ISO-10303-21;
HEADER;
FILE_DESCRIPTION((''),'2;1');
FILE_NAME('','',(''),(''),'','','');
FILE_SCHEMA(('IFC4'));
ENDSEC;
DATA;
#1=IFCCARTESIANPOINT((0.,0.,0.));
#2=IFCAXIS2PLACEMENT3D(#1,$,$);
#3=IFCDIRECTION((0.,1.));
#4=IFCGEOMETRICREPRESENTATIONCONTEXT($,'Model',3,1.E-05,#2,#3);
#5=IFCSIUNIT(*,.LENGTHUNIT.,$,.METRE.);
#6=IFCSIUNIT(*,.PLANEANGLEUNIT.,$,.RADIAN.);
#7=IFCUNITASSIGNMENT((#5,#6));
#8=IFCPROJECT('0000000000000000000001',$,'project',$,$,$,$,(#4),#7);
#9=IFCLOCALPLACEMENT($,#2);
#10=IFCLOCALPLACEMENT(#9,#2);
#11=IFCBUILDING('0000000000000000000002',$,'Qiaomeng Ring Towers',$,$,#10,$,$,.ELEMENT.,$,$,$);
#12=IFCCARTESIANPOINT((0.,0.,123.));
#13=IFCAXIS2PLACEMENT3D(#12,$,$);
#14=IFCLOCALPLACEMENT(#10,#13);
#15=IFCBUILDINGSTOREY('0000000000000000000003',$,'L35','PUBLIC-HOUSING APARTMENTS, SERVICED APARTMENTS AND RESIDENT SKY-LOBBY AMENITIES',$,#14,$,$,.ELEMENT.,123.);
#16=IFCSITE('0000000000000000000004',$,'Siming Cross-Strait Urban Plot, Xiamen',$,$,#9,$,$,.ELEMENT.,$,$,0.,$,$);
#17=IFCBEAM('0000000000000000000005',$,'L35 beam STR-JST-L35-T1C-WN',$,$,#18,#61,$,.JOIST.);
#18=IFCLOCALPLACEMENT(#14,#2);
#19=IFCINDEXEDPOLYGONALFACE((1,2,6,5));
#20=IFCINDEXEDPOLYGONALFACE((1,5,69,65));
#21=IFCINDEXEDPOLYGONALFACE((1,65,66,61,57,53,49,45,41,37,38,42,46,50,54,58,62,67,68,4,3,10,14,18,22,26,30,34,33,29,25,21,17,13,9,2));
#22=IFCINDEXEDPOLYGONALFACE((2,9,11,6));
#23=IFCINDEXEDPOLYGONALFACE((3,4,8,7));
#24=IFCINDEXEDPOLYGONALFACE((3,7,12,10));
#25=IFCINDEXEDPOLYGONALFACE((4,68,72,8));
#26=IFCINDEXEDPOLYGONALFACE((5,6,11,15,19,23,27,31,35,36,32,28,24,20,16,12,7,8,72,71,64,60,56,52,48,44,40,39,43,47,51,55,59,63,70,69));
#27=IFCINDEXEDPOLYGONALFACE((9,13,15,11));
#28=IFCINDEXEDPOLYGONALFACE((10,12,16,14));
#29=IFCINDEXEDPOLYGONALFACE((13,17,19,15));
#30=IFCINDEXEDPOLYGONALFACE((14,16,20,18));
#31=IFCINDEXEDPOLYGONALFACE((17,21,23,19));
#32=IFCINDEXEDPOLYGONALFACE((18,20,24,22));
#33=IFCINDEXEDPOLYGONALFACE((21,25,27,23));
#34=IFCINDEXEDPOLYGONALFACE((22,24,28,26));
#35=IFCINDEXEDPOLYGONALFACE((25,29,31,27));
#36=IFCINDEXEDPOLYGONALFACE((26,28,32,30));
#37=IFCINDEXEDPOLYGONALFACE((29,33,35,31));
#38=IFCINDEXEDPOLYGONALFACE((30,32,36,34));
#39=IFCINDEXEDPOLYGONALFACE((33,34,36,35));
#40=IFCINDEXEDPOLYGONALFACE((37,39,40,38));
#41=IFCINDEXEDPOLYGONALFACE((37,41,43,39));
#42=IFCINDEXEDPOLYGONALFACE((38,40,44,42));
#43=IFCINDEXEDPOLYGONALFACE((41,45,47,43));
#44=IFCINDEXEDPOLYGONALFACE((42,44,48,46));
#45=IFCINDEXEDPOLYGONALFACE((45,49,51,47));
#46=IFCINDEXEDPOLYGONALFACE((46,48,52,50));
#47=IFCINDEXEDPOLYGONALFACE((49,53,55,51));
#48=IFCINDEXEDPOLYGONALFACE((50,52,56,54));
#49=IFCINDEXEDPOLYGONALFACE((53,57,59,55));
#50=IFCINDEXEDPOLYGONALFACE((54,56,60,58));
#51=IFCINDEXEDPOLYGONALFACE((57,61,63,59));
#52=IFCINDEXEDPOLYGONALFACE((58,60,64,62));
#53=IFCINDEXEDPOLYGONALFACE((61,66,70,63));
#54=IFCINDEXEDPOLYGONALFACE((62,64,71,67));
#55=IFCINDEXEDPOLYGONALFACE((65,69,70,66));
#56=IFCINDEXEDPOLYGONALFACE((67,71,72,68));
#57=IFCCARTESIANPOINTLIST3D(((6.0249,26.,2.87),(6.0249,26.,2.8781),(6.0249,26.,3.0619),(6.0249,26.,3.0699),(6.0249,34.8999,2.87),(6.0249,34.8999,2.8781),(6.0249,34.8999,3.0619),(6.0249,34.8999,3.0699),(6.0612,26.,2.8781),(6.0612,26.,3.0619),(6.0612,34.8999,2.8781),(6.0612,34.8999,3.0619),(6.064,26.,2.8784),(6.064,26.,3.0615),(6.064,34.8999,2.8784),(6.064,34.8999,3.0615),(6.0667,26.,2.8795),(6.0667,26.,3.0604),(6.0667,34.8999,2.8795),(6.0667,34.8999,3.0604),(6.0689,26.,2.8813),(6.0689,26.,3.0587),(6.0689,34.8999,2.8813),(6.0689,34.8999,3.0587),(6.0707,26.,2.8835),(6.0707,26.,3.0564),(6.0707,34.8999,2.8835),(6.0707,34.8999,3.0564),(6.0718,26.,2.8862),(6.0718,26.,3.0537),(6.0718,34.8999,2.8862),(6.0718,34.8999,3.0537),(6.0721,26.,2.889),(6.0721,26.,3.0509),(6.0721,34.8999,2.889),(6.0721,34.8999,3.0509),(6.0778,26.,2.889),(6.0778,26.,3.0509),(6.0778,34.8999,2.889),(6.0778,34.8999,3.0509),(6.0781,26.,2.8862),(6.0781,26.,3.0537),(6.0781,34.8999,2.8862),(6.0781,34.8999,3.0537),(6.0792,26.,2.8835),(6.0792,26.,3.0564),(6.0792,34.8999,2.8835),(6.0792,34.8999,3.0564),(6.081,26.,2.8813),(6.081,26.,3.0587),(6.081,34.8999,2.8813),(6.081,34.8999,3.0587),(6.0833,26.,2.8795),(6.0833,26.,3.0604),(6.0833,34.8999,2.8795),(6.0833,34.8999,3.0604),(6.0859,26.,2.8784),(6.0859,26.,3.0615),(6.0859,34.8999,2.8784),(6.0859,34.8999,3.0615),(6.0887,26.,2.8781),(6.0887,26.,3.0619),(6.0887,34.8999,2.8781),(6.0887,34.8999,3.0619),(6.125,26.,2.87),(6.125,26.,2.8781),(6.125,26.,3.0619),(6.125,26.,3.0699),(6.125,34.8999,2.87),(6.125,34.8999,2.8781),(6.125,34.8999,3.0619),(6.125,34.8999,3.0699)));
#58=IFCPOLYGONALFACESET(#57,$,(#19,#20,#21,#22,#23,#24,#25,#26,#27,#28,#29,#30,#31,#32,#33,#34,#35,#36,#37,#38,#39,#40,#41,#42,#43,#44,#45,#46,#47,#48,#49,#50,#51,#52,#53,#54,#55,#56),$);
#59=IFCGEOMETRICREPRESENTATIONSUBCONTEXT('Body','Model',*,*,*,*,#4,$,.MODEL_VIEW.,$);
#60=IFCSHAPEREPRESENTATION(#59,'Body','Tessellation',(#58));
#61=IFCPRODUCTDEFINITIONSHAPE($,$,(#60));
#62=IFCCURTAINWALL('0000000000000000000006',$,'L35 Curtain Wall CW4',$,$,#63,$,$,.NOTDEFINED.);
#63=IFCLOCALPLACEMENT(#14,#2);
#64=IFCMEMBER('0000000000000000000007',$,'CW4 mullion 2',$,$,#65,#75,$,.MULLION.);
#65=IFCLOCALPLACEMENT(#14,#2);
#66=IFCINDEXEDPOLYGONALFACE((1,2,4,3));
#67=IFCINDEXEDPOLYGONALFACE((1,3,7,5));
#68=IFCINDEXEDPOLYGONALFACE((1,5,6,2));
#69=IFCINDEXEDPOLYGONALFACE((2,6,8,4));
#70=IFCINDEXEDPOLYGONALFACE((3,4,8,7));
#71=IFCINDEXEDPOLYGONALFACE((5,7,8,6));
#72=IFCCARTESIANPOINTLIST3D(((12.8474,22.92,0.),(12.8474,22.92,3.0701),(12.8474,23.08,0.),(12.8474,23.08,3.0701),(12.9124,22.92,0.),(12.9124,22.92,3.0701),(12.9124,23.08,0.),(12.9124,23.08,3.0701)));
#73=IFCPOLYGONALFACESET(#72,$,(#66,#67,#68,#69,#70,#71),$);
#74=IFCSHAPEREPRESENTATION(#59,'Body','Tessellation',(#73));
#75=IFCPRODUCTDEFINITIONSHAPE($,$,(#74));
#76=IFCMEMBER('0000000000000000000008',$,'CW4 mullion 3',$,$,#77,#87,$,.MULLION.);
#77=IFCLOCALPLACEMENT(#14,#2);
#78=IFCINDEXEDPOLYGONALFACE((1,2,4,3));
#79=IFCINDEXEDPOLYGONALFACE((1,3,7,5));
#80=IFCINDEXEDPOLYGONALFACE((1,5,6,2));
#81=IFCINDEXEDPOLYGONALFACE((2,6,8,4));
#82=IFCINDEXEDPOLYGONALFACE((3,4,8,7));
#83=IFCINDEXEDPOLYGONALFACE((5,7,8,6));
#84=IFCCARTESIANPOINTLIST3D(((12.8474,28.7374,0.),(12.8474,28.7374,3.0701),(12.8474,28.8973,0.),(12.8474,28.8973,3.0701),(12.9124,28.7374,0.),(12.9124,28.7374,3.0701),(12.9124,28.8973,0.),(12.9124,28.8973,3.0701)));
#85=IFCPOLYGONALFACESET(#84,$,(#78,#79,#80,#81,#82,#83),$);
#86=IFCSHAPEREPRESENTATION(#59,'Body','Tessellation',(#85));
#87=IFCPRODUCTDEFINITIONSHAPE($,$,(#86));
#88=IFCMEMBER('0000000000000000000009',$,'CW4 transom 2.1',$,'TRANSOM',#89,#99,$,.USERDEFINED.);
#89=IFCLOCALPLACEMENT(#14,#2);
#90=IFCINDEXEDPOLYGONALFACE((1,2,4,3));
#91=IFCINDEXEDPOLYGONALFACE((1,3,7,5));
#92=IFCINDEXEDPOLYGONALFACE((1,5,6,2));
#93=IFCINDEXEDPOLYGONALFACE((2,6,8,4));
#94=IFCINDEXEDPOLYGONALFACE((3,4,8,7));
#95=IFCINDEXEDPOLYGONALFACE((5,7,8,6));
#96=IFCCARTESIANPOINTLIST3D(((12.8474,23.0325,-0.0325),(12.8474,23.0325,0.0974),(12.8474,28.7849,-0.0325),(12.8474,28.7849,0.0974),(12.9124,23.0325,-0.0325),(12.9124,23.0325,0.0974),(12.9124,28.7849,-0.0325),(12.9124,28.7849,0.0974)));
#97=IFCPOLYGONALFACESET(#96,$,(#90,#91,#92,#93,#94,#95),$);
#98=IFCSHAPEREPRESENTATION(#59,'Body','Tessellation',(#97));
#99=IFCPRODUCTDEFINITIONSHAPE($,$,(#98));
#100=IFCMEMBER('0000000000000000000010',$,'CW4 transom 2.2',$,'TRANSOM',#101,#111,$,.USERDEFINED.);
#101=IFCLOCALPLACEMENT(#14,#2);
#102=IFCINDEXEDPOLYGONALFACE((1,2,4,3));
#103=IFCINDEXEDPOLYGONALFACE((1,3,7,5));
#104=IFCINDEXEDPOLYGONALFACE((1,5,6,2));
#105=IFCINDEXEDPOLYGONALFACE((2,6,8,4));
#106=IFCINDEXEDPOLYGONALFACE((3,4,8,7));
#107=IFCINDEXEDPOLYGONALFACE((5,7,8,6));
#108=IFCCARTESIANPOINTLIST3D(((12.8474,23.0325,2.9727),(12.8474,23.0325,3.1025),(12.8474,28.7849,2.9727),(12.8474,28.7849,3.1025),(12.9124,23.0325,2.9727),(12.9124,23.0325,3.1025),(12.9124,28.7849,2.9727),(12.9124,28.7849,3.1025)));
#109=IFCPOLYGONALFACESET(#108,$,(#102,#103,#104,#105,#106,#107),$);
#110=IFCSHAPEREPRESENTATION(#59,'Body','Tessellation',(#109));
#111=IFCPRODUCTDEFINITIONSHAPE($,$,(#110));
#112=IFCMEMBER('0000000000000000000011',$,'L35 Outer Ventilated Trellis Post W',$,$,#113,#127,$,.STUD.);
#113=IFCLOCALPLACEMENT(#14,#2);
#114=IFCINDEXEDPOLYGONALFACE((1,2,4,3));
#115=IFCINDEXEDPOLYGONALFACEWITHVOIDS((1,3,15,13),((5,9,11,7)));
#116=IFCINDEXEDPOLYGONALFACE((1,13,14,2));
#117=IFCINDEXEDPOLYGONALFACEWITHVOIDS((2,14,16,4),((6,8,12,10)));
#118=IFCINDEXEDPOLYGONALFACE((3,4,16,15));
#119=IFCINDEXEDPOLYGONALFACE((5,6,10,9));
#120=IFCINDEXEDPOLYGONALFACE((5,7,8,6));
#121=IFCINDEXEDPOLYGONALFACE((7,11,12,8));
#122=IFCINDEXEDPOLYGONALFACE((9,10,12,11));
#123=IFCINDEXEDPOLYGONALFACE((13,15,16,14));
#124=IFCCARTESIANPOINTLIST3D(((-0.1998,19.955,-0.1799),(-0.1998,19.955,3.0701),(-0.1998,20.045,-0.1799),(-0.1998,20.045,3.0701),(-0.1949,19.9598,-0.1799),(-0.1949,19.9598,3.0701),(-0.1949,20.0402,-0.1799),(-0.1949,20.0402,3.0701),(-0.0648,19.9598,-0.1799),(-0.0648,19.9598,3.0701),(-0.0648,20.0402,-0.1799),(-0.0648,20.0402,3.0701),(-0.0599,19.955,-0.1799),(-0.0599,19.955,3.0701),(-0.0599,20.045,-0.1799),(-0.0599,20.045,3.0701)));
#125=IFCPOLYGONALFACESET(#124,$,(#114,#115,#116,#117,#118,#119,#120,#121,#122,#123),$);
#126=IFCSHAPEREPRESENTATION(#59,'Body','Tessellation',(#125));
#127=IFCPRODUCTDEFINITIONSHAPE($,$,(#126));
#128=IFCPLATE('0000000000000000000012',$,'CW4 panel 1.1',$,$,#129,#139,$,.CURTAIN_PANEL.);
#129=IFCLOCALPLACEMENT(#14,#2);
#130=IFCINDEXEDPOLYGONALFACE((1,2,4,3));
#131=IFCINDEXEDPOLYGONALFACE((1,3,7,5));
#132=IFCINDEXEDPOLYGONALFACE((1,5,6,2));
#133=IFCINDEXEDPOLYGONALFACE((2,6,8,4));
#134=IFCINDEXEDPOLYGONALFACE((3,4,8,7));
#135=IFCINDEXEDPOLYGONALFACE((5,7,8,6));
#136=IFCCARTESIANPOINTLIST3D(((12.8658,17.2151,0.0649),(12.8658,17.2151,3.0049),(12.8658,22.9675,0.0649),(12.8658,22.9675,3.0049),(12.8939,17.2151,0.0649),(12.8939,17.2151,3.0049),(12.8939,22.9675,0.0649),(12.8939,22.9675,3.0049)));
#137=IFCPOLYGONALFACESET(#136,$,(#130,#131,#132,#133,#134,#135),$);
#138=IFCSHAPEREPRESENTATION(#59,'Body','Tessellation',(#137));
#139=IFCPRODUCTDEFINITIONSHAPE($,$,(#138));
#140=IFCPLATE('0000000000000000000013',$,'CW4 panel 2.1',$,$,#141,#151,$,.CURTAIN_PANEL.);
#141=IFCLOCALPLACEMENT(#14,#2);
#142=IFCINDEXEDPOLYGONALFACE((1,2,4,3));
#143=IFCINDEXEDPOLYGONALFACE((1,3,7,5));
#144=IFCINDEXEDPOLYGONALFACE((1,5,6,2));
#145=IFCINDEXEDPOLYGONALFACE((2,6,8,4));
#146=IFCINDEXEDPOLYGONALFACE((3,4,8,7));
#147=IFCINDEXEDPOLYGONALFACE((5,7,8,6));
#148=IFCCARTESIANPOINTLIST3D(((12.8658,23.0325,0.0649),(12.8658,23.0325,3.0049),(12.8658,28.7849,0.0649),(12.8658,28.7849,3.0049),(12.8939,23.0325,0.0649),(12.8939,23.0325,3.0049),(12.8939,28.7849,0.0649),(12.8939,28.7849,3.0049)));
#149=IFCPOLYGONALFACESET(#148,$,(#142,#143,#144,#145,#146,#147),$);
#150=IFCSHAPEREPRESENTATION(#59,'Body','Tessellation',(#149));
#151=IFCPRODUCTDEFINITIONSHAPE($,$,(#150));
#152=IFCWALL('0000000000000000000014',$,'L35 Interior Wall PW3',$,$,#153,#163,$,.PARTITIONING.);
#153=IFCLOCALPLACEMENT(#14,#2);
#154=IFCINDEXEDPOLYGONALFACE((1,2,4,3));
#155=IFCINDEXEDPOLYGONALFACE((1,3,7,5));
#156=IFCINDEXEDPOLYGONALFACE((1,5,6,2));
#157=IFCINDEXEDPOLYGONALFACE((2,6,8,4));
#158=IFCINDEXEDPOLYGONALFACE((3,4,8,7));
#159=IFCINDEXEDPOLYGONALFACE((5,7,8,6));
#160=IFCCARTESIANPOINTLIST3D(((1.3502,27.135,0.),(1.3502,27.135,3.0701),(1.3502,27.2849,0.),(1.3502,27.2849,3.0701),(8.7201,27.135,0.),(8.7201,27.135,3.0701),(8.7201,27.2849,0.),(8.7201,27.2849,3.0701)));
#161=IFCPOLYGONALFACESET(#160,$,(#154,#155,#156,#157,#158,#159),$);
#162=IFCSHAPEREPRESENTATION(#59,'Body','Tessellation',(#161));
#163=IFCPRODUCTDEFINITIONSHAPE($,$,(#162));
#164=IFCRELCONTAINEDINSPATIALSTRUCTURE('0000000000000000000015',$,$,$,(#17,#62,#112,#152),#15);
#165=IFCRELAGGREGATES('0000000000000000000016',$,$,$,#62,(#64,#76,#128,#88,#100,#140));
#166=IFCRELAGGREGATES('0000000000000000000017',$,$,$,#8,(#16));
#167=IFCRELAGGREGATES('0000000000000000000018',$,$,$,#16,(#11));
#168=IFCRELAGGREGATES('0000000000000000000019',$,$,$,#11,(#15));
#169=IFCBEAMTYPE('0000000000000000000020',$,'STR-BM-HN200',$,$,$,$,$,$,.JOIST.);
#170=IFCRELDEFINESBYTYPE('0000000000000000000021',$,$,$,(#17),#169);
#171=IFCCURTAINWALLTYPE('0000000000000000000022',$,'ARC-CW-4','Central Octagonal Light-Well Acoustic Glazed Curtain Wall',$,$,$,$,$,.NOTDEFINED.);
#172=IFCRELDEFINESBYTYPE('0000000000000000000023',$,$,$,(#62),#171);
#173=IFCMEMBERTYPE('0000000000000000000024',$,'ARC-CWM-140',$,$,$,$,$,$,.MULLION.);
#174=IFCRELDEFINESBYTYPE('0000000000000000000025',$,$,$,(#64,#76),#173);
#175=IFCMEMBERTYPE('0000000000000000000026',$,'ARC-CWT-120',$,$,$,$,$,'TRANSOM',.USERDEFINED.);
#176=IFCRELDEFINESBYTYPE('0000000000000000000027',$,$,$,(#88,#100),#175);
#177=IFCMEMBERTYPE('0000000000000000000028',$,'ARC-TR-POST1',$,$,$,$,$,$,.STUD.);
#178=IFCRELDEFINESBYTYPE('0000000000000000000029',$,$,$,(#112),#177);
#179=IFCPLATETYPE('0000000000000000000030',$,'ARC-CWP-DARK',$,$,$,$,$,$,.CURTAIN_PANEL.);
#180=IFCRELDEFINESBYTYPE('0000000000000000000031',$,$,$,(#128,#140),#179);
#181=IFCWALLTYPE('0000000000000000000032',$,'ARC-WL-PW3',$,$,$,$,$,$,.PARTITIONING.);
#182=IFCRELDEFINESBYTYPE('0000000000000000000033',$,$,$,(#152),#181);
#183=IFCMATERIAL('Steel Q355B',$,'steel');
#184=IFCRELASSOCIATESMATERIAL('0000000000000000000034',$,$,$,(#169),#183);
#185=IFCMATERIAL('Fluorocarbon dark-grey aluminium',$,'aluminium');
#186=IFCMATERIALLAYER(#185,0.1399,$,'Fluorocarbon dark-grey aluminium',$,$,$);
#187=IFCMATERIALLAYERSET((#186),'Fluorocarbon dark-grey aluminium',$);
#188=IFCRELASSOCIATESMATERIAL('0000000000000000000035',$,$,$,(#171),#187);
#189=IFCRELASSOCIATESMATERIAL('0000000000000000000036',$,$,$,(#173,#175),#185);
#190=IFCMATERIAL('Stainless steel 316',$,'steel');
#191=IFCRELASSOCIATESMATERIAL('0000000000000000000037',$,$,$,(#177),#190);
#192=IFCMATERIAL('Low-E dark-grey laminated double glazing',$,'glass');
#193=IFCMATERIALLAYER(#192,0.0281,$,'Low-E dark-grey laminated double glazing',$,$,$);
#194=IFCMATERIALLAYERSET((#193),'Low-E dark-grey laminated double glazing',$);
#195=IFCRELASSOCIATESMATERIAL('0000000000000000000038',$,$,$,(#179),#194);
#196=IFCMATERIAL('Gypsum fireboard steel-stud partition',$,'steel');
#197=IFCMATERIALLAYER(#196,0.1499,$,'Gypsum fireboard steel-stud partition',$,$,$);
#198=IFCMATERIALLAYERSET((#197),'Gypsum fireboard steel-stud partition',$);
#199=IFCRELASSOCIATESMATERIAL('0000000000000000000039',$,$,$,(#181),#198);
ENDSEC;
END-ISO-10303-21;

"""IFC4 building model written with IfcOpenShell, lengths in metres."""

from ifc_helpers import new_model, si_unit, direction, frame, frame_2d, origin, origin_2d, place, context, subcontext, project, spatial, rectangle, hollow_rectangle, i_section, extrude, source, transform, mapped, material, layer, layer_set, material_profile, profile_set, type_object, element, aggregate, save


model = new_model("IFC4")

# Units and contexts
model_context = context("Model", 3, precision=1e-05, world=origin(), true_north=direction((0.0, 1.0)))
body_context = subcontext(model_context, "Body", "Model", "MODEL_VIEW")
ifc_project = project(units=[si_unit("LENGTHUNIT", "METRE"), si_unit("PLANEANGLEUNIT", "RADIAN")], contexts=[model_context])

# Site, building, storey
site_placement = place(None, origin())
site = spatial("IfcSite", under=ifc_project, at=site_placement, Name="Siming Cross-Strait Urban Plot, Xiamen", CompositionType="ELEMENT", RefElevation=0.0)
building_placement = place(site_placement, origin())
building = spatial("IfcBuilding", under=site, at=building_placement, Name="Qiaomeng Ring Towers", CompositionType="ELEMENT")
storey_placement = place(building_placement, frame((0.0, 0.0, 123.0)))
storey = spatial("IfcBuildingStorey", under=building, at=storey_placement, Name="L35", Description="PUBLIC-HOUSING APARTMENTS, SERVICED APARTMENTS AND RESIDENT SKY-LOBBY AMENITIES", CompositionType="ELEMENT", Elevation=123.0)

# Beam
ifc_material_1 = material(Name="Steel Q355B", Category="steel")
ifc_material_profile_1 = material_profile(ifc_material_1, i_section(OverallWidth=0.1001, OverallDepth=0.2, WebThickness=0.0056, FlangeThickness=0.0081, FilletRadius=0.011, at=origin_2d()), Name="HN 200x100x5.5x8")
ifc_profile_set_1 = profile_set([ifc_material_profile_1], Name="Steel Q355B")
beam_type_1 = type_object("IfcBeamType", Name="STR-BM-HN200", PredefinedType="JOIST", material=ifc_profile_set_1)
shared_shape_1 = source(origin(), body_context, "Body", "SweptSolid", [
    extrude(i_section(OverallWidth=0.1001, OverallDepth=0.2, WebThickness=0.0056, FlangeThickness=0.0081, FilletRadius=0.011, at=origin_2d()), origin(), (0.0, 0.0, 1.0), 8.8999),
])
beam_1_placement = place(storey_placement, frame((6.075, 26.0, 2.97), z_axis=(0.0, 1.0, 0.0), x_axis=(-1.0, 0.0, 0.0)))
element("IfcBeam", 1, at=beam_1_placement, inside=storey, type_object=beam_type_1, Name="L35 beam STR-JST-L35-T1C-WN", PredefinedType="JOIST", context=body_context, shape_type="MappedRepresentation", body=[
    mapped(shared_shape_1, transform((0.0, 0.0, 0.0), x_axis=(1.0, 0.0, 0.0), y_axis=(0.0, 1.0, 0.0), z_axis=(0.0, 0.0, 1.0), scale=1.0)),
])

# Curtain wall, members
ifc_material_2 = material(Name="Fluorocarbon dark-grey aluminium", Category="aluminium")
ifc_layer_1 = layer(ifc_material_2, 0.1399, Name="Fluorocarbon dark-grey aluminium")
ifc_layer_set_1 = layer_set([ifc_layer_1], Name="Fluorocarbon dark-grey aluminium")
curtain_wall_type = type_object("IfcCurtainWallType", Name="ARC-CW-4", Description="Central Octagonal Light-Well Acoustic Glazed Curtain Wall", PredefinedType="NOTDEFINED", material=ifc_layer_set_1)
curtain_wall_placement = place(storey_placement, origin())
curtain_wall = element("IfcCurtainWall", 2, at=curtain_wall_placement, inside=storey, type_object=curtain_wall_type, Name="L35 Curtain Wall CW4", PredefinedType="NOTDEFINED")
ifc_material_profile_2 = material_profile(ifc_material_2, rectangle(XDim=0.0649, YDim=0.1599, at=origin_2d()), Name="ALU MULL 65x160")
ifc_profile_set_2 = profile_set([ifc_material_profile_2], Name="Fluorocarbon dark-grey aluminium")
member_type_1 = type_object("IfcMemberType", Name="ARC-CWM-140", PredefinedType="MULLION", material=ifc_profile_set_2)
shared_shape_2 = source(origin(), body_context, "Body", "SweptSolid", [
    extrude(rectangle(XDim=0.0649, YDim=0.1599, at=origin_2d()), origin(), (0.0, 0.0, 1.0), 3.0701),
])
member_1_placement = place(storey_placement, frame((12.8799, 23.0, 0.0), z_axis=(0.0, 0.0, 1.0), x_axis=(-1.0, 0.0, 0.0)))
member_1 = element("IfcMember", 3, at=member_1_placement, type_object=member_type_1, Name="CW4 mullion 2", PredefinedType="MULLION", context=body_context, shape_type="MappedRepresentation", body=[
    mapped(shared_shape_2, transform((0.0, 0.0, 0.0), x_axis=(1.0, 0.0, 0.0), y_axis=(0.0, 1.0, 0.0), z_axis=(0.0, 0.0, 1.0), scale=1.0)),
])
member_2_placement = place(storey_placement, frame((12.8799, 28.8174, 0.0), z_axis=(0.0, 0.0, 1.0), x_axis=(-1.0, 0.0, 0.0)))
member_2 = element("IfcMember", 4, at=member_2_placement, type_object=member_type_1, Name="CW4 mullion 3", PredefinedType="MULLION", context=body_context, shape_type="MappedRepresentation", body=[
    mapped(shared_shape_2, transform((0.0, 0.0, 0.0), x_axis=(1.0, 0.0, 0.0), y_axis=(0.0, 1.0, 0.0), z_axis=(0.0, 0.0, 1.0), scale=1.0)),
])
ifc_material_profile_3 = material_profile(ifc_material_2, rectangle(XDim=0.0649, YDim=0.1299, at=origin_2d()), Name="ALU TRAN 65x130")
ifc_profile_set_3 = profile_set([ifc_material_profile_3], Name="Fluorocarbon dark-grey aluminium")
member_type_2 = type_object("IfcMemberType", Name="ARC-CWT-120", ElementType="TRANSOM", PredefinedType="USERDEFINED", material=ifc_profile_set_3)
shared_shape_3 = source(origin(), body_context, "Body", "SweptSolid", [
    extrude(rectangle(XDim=0.0649, YDim=0.1299, at=origin_2d()), origin(), (0.0, 0.0, 1.0), 5.7524),
])
member_3_placement = place(storey_placement, frame((12.8799, 23.0325, 0.0325), z_axis=(0.0, 1.0, 0.0), x_axis=(-1.0, 0.0, 0.0)))
member_3 = element("IfcMember", 5, at=member_3_placement, type_object=member_type_2, Name="CW4 transom 2.1", ObjectType="TRANSOM", PredefinedType="USERDEFINED", context=body_context, shape_type="MappedRepresentation", body=[
    mapped(shared_shape_3, transform((0.0, 0.0, 0.0), x_axis=(1.0, 0.0, 0.0), y_axis=(0.0, 1.0, 0.0), z_axis=(0.0, 0.0, 1.0), scale=1.0)),
])
member_4_placement = place(storey_placement, frame((12.8799, 23.0325, 3.0376), z_axis=(0.0, 1.0, 0.0), x_axis=(-1.0, 0.0, 0.0)))
member_4 = element("IfcMember", 6, at=member_4_placement, type_object=member_type_2, Name="CW4 transom 2.2", ObjectType="TRANSOM", PredefinedType="USERDEFINED", context=body_context, shape_type="MappedRepresentation", body=[
    mapped(shared_shape_3, transform((0.0, 0.0, 0.0), x_axis=(1.0, 0.0, 0.0), y_axis=(0.0, 1.0, 0.0), z_axis=(0.0, 0.0, 1.0), scale=1.0)),
])

# Member
ifc_material_3 = material(Name="Stainless steel 316", Category="steel")
ifc_material_profile_4 = material_profile(ifc_material_3, hollow_rectangle(XDim=0.0901, YDim=0.1399, WallThickness=0.0049, at=origin_2d()), Name="SS TRELLIS 90x140")
ifc_profile_set_4 = profile_set([ifc_material_profile_4], Name="Stainless steel 316")
member_type_3 = type_object("IfcMemberType", Name="ARC-TR-POST1", PredefinedType="STUD", material=ifc_profile_set_4)
shared_shape_4 = source(origin(), body_context, "Body", "SweptSolid", [
    extrude(hollow_rectangle(XDim=0.0901, YDim=0.1399, WallThickness=0.0049, at=origin_2d()), origin(), (0.0, 0.0, 1.0), 3.25),
])
member_5_placement = place(storey_placement, frame((-0.1299, 20.0, -0.1799), z_axis=(0.0, 0.0, 1.0), x_axis=(0.0, 1.0, 0.0)))
element("IfcMember", 7, at=member_5_placement, inside=storey, type_object=member_type_3, Name="L35 Outer Ventilated Trellis Post W", PredefinedType="STUD", context=body_context, shape_type="MappedRepresentation", body=[
    mapped(shared_shape_4, transform((0.0, 0.0, 0.0), x_axis=(1.0, 0.0, 0.0), y_axis=(0.0, 1.0, 0.0), z_axis=(0.0, 0.0, 1.0), scale=1.0)),
])

# Plates
ifc_material_4 = material(Name="Low-E dark-grey laminated double glazing", Category="glass")
ifc_layer_2 = layer(ifc_material_4, 0.0281, Name="Low-E dark-grey laminated double glazing")
ifc_layer_set_2 = layer_set([ifc_layer_2], Name="Low-E dark-grey laminated double glazing")
plate_type = type_object("IfcPlateType", Name="ARC-CWP-DARK", PredefinedType="CURTAIN_PANEL", material=ifc_layer_set_2)
shared_shape_5 = source(origin(), body_context, "Body", "SweptSolid", [
    extrude(rectangle(XDim=5.7524, YDim=0.0281, at=origin_2d()), origin(), (0.0, 0.0, 1.0), 2.9399),
])
plate_1_placement = place(storey_placement, frame((12.8799, 20.0913, 0.0649), z_axis=(0.0, 0.0, 1.0), x_axis=(0.0, 1.0, 0.0)))
plate_1 = element("IfcPlate", 8, at=plate_1_placement, type_object=plate_type, Name="CW4 panel 1.1", PredefinedType="CURTAIN_PANEL", context=body_context, shape_type="MappedRepresentation", body=[
    mapped(shared_shape_5, transform((0.0, 0.0, 0.0), x_axis=(1.0, 0.0, 0.0), y_axis=(0.0, 1.0, 0.0), z_axis=(0.0, 0.0, 1.0), scale=1.0)),
])
plate_2_placement = place(storey_placement, frame((12.8799, 25.9087, 0.0649), z_axis=(0.0, 0.0, 1.0), x_axis=(0.0, 1.0, 0.0)))
plate_2 = element("IfcPlate", 9, at=plate_2_placement, type_object=plate_type, Name="CW4 panel 2.1", PredefinedType="CURTAIN_PANEL", context=body_context, shape_type="MappedRepresentation", body=[
    mapped(shared_shape_5, transform((0.0, 0.0, 0.0), x_axis=(1.0, 0.0, 0.0), y_axis=(0.0, 1.0, 0.0), z_axis=(0.0, 0.0, 1.0), scale=1.0)),
])
aggregate(curtain_wall, [member_1, member_2, plate_1, member_3, member_4, plate_2])

# Wall
ifc_material_5 = material(Name="Gypsum fireboard steel-stud partition", Category="steel")
ifc_layer_3 = layer(ifc_material_5, 0.1499, Name="Gypsum fireboard steel-stud partition")
ifc_layer_set_3 = layer_set([ifc_layer_3], Name="Gypsum fireboard steel-stud partition")
wall_type_1 = type_object("IfcWallType", Name="ARC-WL-PW3", PredefinedType="PARTITIONING", material=ifc_layer_set_3)
wall_1_placement = place(storey_placement, frame((1.3501, 27.21, 0.0), z_axis=(0.0, 0.0, 1.0), x_axis=(1.0, 0.0, 0.0)))
element("IfcWall", 10, at=wall_1_placement, inside=storey, type_object=wall_type_1, Name="L35 Interior Wall PW3", PredefinedType="PARTITIONING", context=body_context, shape_type="SweptSolid", body=[
    extrude(rectangle(XDim=7.3699, YDim=0.1499, at=frame_2d((3.6851, 0.0))), origin(), (0.0, 0.0, 1.0), 3.0701),
])

save(model, "model.ifc")
